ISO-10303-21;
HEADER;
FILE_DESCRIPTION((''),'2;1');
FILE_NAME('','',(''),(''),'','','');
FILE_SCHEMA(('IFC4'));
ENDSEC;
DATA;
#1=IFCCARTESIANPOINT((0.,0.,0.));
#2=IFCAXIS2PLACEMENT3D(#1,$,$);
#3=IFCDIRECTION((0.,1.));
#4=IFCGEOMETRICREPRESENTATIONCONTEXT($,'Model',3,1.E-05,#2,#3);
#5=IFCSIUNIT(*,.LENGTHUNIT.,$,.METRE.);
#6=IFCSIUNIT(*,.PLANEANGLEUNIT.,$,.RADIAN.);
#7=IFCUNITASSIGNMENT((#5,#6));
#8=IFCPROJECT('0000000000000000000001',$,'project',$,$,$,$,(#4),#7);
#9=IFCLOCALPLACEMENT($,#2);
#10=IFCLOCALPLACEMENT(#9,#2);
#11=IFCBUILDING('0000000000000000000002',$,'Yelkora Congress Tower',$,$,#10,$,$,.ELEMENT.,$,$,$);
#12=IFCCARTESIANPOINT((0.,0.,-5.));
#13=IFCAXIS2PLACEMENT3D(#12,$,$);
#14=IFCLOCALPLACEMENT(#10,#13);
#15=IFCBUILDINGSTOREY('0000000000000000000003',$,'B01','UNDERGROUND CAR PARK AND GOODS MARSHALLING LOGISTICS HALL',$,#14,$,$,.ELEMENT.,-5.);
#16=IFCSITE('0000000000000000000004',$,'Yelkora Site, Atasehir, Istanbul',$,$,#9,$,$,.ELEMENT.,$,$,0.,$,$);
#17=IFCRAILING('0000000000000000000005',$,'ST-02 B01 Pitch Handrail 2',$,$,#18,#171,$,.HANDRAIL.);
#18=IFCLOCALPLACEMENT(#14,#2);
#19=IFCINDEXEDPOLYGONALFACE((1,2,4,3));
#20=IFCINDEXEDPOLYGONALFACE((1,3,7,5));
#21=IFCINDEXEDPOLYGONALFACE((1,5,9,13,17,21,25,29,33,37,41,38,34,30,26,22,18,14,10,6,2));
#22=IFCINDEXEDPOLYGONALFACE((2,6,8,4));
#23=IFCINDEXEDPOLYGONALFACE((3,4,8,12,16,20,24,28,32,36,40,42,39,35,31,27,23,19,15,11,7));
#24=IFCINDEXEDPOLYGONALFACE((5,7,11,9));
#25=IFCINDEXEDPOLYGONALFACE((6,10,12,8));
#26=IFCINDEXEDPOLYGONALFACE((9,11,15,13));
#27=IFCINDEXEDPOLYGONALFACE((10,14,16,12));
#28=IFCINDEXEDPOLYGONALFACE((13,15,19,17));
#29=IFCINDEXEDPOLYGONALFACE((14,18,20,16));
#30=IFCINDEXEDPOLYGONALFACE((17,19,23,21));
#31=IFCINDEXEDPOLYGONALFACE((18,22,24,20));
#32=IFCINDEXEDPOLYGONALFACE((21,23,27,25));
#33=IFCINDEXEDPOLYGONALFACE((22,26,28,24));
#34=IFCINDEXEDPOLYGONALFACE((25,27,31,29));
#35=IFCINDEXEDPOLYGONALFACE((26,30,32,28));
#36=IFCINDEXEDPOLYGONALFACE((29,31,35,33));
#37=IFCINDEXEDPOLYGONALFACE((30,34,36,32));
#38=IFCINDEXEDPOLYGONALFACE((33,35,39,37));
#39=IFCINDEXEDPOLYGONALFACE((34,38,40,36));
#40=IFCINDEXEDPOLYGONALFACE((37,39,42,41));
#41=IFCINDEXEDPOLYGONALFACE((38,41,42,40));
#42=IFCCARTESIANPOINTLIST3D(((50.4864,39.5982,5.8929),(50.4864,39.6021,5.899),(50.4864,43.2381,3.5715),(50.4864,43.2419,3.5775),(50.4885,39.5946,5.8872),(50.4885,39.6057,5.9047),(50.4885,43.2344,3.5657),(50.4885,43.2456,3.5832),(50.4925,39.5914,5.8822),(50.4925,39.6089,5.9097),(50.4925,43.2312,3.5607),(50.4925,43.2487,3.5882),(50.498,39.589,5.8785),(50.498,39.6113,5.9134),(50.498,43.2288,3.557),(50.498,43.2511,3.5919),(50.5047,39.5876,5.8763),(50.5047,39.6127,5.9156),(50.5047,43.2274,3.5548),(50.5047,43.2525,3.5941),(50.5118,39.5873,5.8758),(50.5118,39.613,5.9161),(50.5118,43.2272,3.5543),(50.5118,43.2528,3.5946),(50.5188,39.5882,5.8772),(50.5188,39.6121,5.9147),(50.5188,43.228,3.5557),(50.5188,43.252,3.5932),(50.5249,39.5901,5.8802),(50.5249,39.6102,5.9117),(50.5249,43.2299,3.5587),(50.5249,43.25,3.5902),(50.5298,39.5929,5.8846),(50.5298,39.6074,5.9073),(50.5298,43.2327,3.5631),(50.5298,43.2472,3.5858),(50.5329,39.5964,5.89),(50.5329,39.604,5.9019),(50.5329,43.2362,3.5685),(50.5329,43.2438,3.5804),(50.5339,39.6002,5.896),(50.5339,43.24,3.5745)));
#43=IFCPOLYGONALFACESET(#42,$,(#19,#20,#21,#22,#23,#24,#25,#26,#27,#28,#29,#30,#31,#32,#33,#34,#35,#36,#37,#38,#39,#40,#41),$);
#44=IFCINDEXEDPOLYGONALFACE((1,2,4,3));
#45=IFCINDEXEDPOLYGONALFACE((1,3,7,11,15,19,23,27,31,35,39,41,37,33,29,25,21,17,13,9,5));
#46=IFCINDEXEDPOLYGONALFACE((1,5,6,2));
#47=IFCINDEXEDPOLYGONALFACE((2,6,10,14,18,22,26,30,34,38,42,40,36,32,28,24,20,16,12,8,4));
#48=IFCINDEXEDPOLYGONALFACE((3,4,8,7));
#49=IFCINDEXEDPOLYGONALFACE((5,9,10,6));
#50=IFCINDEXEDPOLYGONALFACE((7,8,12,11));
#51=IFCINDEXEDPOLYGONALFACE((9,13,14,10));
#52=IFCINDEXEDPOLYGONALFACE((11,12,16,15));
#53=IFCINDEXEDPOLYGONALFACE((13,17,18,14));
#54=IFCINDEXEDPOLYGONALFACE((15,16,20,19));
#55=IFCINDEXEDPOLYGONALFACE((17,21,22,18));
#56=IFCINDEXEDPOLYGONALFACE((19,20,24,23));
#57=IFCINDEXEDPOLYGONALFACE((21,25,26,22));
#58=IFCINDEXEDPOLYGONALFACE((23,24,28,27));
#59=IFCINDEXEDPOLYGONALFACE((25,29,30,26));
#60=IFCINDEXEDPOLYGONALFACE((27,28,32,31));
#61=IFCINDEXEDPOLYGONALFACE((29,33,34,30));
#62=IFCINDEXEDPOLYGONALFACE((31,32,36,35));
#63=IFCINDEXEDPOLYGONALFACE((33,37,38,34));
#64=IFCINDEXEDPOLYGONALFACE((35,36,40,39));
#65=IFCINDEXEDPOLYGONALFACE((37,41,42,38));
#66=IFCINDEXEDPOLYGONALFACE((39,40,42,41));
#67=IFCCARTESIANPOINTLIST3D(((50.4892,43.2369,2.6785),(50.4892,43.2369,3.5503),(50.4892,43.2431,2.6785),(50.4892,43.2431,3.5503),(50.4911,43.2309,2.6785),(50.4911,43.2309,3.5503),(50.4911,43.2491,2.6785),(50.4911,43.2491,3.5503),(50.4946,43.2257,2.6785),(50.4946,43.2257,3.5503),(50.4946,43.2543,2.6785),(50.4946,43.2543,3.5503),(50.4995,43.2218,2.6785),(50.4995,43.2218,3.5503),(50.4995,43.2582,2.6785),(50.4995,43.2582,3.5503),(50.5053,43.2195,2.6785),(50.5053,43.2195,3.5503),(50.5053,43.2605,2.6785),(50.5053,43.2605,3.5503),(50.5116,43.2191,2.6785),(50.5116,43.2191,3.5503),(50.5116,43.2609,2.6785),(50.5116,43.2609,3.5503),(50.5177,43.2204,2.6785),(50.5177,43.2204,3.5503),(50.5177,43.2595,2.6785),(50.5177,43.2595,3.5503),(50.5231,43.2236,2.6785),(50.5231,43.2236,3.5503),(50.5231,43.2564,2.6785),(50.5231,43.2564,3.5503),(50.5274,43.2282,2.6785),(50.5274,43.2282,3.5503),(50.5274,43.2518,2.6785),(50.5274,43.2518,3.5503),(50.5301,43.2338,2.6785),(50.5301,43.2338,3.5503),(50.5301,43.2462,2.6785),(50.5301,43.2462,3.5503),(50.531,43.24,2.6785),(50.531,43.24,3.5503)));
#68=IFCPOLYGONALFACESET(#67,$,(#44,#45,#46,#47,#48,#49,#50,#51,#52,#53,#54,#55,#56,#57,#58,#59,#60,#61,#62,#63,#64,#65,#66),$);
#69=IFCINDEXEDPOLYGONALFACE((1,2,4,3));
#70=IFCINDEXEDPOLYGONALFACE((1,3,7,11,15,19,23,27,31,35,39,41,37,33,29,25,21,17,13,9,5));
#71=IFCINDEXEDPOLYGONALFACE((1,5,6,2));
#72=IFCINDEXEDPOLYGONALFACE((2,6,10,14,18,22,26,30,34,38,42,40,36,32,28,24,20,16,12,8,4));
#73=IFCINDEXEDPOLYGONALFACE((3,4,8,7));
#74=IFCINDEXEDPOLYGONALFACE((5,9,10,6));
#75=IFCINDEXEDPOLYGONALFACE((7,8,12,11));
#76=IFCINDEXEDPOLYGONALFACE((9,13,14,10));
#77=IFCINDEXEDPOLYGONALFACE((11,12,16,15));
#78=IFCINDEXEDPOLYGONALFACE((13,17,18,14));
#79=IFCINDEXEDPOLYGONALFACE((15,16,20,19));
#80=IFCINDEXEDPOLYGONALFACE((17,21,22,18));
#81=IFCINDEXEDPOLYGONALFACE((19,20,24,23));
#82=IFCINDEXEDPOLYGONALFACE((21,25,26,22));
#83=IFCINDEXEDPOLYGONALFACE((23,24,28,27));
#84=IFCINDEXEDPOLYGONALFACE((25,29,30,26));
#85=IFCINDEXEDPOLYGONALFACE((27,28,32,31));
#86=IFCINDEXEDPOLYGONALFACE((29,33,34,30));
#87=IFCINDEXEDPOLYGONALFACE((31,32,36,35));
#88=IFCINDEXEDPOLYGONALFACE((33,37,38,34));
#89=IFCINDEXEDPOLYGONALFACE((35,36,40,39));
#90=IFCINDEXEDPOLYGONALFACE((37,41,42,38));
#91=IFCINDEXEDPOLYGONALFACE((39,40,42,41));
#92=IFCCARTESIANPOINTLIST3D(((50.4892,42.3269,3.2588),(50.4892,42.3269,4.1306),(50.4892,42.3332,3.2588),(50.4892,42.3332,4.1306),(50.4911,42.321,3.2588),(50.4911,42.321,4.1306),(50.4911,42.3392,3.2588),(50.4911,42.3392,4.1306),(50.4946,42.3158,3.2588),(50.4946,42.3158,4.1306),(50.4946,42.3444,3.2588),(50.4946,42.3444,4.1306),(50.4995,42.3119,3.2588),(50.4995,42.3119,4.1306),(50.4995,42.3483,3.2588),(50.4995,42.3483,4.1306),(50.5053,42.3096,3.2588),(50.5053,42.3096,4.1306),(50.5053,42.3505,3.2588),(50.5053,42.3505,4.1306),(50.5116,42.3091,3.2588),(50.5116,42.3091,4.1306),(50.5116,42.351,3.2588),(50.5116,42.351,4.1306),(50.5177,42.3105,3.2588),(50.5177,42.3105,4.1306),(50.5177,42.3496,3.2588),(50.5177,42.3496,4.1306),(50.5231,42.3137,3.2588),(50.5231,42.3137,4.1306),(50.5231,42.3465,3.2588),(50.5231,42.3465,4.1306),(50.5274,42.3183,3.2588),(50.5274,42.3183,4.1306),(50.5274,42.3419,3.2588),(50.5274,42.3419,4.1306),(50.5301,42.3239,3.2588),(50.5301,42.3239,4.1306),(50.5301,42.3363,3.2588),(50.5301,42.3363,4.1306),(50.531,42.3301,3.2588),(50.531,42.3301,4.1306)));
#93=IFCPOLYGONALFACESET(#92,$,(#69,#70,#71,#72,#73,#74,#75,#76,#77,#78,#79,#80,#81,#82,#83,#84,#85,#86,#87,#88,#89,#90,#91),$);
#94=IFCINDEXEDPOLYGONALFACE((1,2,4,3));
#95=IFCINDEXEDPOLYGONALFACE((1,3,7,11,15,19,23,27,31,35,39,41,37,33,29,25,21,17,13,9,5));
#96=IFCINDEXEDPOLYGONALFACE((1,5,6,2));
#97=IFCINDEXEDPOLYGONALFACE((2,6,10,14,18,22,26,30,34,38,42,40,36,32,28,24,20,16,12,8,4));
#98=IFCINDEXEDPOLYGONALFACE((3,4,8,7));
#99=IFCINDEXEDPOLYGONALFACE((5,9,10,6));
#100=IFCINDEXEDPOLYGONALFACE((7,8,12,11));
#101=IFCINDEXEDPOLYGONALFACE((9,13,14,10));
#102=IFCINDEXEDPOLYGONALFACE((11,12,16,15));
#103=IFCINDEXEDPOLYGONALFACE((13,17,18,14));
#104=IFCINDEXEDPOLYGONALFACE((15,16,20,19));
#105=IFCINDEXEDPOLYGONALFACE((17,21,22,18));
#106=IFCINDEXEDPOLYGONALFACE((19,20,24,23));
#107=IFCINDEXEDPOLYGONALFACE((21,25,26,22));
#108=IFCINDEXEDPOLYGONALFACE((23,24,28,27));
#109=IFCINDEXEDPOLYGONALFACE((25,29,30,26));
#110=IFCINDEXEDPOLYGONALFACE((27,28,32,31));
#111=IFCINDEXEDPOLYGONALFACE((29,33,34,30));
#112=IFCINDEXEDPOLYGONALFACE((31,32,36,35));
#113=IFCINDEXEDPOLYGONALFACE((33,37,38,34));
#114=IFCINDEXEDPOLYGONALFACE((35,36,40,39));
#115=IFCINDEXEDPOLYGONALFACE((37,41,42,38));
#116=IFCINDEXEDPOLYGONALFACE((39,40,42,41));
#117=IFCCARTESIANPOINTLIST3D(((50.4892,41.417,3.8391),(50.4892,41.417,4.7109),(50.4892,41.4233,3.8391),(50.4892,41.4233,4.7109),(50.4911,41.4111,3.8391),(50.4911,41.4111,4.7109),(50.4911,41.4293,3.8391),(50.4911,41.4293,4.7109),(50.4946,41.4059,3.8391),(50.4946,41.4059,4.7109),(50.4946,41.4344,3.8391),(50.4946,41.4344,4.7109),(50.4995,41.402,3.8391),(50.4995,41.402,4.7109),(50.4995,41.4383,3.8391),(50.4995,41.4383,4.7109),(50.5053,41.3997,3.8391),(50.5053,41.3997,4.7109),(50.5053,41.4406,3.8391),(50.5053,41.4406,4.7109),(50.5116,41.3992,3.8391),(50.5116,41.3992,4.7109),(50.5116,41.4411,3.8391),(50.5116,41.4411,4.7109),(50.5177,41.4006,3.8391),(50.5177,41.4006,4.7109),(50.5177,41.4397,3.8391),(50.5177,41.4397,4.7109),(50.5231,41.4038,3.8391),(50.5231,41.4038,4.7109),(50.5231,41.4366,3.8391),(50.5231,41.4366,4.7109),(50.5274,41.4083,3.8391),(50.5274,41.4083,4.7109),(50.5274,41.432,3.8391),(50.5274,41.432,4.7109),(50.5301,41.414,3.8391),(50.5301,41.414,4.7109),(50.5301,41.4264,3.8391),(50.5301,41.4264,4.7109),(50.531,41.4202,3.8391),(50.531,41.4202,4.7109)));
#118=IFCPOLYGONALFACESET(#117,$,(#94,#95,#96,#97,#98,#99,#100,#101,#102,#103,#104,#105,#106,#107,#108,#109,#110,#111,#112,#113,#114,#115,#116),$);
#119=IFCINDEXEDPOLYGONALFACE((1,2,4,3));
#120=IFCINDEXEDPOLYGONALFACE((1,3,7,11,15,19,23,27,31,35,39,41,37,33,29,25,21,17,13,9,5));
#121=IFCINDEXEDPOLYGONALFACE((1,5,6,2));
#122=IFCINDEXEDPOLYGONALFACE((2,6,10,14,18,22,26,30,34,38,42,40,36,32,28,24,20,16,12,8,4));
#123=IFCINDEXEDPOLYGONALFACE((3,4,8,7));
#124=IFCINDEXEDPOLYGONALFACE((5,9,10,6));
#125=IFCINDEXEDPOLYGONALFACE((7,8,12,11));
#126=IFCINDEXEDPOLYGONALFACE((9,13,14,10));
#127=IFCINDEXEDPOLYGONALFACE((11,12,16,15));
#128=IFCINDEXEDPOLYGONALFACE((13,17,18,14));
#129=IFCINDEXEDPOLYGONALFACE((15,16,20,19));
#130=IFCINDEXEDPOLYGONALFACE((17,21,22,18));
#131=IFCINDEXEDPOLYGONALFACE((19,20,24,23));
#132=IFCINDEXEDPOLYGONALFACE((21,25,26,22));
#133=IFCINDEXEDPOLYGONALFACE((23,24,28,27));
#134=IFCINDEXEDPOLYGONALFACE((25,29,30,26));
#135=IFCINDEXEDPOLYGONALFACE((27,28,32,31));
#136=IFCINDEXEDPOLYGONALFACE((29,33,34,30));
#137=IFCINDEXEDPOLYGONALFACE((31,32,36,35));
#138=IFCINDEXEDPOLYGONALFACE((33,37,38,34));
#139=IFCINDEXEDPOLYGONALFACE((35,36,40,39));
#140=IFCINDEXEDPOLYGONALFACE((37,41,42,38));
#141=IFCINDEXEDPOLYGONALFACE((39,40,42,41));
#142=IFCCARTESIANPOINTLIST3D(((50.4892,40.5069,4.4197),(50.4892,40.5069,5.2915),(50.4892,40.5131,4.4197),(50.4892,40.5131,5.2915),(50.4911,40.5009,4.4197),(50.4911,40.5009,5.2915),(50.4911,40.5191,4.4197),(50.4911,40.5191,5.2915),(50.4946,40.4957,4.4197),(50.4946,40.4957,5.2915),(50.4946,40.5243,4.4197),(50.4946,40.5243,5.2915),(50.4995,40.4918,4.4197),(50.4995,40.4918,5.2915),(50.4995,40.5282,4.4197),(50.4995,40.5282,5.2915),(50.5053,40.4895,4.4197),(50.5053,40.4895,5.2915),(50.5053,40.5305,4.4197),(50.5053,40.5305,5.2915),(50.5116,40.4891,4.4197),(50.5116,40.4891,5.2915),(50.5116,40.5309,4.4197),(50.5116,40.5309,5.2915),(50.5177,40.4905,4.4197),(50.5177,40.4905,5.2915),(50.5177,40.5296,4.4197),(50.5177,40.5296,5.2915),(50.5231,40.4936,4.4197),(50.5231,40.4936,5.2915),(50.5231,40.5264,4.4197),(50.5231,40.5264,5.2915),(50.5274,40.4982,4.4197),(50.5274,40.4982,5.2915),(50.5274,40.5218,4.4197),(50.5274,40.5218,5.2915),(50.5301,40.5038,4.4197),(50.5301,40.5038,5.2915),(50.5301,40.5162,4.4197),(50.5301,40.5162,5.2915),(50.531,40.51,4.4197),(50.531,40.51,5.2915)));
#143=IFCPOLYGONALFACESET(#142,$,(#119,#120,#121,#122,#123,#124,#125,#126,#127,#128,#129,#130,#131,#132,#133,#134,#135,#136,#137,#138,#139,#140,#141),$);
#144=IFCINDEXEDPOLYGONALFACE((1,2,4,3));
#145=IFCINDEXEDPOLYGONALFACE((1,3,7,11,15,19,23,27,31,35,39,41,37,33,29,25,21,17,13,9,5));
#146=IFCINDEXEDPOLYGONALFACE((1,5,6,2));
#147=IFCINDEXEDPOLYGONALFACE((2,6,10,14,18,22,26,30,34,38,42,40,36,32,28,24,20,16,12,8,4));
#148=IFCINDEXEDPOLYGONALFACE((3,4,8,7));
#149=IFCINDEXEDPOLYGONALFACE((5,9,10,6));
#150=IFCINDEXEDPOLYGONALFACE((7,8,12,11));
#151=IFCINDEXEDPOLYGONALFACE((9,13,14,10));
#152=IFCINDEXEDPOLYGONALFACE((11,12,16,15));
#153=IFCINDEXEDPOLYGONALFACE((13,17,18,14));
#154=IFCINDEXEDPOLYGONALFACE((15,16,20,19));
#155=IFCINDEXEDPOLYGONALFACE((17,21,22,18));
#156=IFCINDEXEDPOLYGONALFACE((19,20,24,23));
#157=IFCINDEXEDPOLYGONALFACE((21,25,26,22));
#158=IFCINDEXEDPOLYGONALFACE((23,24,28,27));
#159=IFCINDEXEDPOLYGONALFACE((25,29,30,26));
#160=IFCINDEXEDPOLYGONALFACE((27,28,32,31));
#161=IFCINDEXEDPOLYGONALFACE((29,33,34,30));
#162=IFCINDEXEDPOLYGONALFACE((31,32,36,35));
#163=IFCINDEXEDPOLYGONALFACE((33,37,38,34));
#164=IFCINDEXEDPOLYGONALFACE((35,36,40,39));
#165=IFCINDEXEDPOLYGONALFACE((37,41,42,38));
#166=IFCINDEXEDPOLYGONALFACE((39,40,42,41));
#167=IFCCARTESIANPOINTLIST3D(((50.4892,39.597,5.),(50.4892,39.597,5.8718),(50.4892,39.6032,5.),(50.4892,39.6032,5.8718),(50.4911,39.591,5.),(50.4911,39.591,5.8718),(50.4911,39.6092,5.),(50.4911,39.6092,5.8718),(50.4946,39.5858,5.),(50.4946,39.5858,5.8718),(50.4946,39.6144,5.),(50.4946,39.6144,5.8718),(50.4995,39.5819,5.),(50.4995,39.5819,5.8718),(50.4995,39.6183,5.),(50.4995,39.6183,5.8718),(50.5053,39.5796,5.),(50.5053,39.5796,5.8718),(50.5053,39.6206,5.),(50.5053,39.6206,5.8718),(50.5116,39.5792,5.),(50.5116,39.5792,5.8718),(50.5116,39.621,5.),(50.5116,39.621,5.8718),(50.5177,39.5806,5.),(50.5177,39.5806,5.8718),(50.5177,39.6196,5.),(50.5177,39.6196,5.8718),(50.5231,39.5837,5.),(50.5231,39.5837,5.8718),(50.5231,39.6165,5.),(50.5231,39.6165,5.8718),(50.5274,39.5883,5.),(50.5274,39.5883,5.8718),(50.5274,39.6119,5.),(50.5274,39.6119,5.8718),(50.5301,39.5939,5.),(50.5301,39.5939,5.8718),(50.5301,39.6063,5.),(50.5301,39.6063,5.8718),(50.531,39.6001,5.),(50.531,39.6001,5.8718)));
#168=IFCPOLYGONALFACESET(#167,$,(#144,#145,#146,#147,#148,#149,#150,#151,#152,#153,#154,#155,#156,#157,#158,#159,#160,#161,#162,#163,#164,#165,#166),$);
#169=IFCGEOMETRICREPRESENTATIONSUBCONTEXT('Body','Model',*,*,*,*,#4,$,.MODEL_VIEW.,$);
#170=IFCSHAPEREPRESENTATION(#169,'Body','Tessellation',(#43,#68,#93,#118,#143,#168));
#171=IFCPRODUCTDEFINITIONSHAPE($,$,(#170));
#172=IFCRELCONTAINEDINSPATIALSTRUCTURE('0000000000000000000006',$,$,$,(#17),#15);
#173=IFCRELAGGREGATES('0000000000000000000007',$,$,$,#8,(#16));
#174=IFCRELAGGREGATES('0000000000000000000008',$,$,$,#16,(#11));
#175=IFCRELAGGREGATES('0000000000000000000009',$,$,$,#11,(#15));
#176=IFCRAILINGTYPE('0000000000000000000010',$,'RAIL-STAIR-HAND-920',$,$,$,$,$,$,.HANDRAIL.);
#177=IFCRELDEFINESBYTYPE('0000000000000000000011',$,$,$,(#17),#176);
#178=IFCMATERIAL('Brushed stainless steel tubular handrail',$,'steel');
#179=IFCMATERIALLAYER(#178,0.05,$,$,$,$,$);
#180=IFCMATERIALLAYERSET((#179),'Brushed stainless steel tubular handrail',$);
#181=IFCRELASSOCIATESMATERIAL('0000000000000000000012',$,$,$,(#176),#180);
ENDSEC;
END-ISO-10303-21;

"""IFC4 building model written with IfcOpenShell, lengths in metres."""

from ifc_helpers import new_model, si_unit, direction, frame, origin, origin_2d, place, context, subcontext, project, spatial, circle, extrude, material, layer, layer_set, type_object, element, save


model = new_model("IFC4")

# Units and contexts
model_context = context("Model", 3, precision=1e-05, world=origin(), true_north=direction((0.0, 1.0)))
body_context = subcontext(model_context, "Body", "Model", "MODEL_VIEW")
ifc_project = project(units=[si_unit("LENGTHUNIT", "METRE"), si_unit("PLANEANGLEUNIT", "RADIAN")], contexts=[model_context])

# Site, building, storey
site_placement = place(None, origin())
site = spatial("IfcSite", under=ifc_project, at=site_placement, Name="Yelkora Site, Atasehir, Istanbul", CompositionType="ELEMENT", RefElevation=0.0)
building_placement = place(site_placement, origin())
building = spatial("IfcBuilding", under=site, at=building_placement, Name="Yelkora Congress Tower", CompositionType="ELEMENT")
storey_placement = place(building_placement, frame((0.0, 0.0, -5.0)))
storey = spatial("IfcBuildingStorey", under=building, at=storey_placement, Name="B01", Description="UNDERGROUND CAR PARK AND GOODS MARSHALLING LOGISTICS HALL", CompositionType="ELEMENT", Elevation=-5.0)

# Railing
ifc_material_1 = material(Name="Brushed stainless steel tubular handrail", Category="steel")
ifc_layer_1 = layer(ifc_material_1, 0.05)
ifc_layer_set_1 = layer_set([ifc_layer_1], Name="Brushed stainless steel tubular handrail")
railing_type_1 = type_object("IfcRailingType", Name="RAIL-STAIR-HAND-920", PredefinedType="HANDRAIL", material=ifc_layer_set_1)
railing_1_placement = place(storey_placement, frame((50.51, 43.24, 2.6785)))
element("IfcRailing", 1, at=railing_1_placement, inside=storey, type_object=railing_type_1, Name="ST-02 B01 Pitch Handrail 2", PredefinedType="HANDRAIL", context=body_context, shape_type="SweptSolid", body=[
    extrude(circle(Radius=0.0239, at=origin_2d()), frame((0.0, 0.0, 0.896), z_axis=(0.0, -0.843112, 0.537739), x_axis=(1.0, 0.0, 0.0)), (0.0, 0.0, 1.0), 4.3171),
    extrude(circle(Radius=0.021, at=origin_2d()), origin(), (0.0, 0.0, 1.0), 0.8718),
    extrude(circle(Radius=0.021, at=origin_2d()), frame((0.0, -0.9099, 0.5803)), (0.0, 0.0, 1.0), 0.8718),
    extrude(circle(Radius=0.021, at=origin_2d()), frame((0.0, -1.8198, 1.1606)), (0.0, 0.0, 1.0), 0.8718),
    extrude(circle(Radius=0.021, at=origin_2d()), frame((0.0, -2.73, 1.7412)), (0.0, 0.0, 1.0), 0.8718),
    extrude(circle(Radius=0.021, at=origin_2d()), frame((0.0, -3.6399, 2.3215)), (0.0, 0.0, 1.0), 0.8718),
])

save(model, "model.ifc")
